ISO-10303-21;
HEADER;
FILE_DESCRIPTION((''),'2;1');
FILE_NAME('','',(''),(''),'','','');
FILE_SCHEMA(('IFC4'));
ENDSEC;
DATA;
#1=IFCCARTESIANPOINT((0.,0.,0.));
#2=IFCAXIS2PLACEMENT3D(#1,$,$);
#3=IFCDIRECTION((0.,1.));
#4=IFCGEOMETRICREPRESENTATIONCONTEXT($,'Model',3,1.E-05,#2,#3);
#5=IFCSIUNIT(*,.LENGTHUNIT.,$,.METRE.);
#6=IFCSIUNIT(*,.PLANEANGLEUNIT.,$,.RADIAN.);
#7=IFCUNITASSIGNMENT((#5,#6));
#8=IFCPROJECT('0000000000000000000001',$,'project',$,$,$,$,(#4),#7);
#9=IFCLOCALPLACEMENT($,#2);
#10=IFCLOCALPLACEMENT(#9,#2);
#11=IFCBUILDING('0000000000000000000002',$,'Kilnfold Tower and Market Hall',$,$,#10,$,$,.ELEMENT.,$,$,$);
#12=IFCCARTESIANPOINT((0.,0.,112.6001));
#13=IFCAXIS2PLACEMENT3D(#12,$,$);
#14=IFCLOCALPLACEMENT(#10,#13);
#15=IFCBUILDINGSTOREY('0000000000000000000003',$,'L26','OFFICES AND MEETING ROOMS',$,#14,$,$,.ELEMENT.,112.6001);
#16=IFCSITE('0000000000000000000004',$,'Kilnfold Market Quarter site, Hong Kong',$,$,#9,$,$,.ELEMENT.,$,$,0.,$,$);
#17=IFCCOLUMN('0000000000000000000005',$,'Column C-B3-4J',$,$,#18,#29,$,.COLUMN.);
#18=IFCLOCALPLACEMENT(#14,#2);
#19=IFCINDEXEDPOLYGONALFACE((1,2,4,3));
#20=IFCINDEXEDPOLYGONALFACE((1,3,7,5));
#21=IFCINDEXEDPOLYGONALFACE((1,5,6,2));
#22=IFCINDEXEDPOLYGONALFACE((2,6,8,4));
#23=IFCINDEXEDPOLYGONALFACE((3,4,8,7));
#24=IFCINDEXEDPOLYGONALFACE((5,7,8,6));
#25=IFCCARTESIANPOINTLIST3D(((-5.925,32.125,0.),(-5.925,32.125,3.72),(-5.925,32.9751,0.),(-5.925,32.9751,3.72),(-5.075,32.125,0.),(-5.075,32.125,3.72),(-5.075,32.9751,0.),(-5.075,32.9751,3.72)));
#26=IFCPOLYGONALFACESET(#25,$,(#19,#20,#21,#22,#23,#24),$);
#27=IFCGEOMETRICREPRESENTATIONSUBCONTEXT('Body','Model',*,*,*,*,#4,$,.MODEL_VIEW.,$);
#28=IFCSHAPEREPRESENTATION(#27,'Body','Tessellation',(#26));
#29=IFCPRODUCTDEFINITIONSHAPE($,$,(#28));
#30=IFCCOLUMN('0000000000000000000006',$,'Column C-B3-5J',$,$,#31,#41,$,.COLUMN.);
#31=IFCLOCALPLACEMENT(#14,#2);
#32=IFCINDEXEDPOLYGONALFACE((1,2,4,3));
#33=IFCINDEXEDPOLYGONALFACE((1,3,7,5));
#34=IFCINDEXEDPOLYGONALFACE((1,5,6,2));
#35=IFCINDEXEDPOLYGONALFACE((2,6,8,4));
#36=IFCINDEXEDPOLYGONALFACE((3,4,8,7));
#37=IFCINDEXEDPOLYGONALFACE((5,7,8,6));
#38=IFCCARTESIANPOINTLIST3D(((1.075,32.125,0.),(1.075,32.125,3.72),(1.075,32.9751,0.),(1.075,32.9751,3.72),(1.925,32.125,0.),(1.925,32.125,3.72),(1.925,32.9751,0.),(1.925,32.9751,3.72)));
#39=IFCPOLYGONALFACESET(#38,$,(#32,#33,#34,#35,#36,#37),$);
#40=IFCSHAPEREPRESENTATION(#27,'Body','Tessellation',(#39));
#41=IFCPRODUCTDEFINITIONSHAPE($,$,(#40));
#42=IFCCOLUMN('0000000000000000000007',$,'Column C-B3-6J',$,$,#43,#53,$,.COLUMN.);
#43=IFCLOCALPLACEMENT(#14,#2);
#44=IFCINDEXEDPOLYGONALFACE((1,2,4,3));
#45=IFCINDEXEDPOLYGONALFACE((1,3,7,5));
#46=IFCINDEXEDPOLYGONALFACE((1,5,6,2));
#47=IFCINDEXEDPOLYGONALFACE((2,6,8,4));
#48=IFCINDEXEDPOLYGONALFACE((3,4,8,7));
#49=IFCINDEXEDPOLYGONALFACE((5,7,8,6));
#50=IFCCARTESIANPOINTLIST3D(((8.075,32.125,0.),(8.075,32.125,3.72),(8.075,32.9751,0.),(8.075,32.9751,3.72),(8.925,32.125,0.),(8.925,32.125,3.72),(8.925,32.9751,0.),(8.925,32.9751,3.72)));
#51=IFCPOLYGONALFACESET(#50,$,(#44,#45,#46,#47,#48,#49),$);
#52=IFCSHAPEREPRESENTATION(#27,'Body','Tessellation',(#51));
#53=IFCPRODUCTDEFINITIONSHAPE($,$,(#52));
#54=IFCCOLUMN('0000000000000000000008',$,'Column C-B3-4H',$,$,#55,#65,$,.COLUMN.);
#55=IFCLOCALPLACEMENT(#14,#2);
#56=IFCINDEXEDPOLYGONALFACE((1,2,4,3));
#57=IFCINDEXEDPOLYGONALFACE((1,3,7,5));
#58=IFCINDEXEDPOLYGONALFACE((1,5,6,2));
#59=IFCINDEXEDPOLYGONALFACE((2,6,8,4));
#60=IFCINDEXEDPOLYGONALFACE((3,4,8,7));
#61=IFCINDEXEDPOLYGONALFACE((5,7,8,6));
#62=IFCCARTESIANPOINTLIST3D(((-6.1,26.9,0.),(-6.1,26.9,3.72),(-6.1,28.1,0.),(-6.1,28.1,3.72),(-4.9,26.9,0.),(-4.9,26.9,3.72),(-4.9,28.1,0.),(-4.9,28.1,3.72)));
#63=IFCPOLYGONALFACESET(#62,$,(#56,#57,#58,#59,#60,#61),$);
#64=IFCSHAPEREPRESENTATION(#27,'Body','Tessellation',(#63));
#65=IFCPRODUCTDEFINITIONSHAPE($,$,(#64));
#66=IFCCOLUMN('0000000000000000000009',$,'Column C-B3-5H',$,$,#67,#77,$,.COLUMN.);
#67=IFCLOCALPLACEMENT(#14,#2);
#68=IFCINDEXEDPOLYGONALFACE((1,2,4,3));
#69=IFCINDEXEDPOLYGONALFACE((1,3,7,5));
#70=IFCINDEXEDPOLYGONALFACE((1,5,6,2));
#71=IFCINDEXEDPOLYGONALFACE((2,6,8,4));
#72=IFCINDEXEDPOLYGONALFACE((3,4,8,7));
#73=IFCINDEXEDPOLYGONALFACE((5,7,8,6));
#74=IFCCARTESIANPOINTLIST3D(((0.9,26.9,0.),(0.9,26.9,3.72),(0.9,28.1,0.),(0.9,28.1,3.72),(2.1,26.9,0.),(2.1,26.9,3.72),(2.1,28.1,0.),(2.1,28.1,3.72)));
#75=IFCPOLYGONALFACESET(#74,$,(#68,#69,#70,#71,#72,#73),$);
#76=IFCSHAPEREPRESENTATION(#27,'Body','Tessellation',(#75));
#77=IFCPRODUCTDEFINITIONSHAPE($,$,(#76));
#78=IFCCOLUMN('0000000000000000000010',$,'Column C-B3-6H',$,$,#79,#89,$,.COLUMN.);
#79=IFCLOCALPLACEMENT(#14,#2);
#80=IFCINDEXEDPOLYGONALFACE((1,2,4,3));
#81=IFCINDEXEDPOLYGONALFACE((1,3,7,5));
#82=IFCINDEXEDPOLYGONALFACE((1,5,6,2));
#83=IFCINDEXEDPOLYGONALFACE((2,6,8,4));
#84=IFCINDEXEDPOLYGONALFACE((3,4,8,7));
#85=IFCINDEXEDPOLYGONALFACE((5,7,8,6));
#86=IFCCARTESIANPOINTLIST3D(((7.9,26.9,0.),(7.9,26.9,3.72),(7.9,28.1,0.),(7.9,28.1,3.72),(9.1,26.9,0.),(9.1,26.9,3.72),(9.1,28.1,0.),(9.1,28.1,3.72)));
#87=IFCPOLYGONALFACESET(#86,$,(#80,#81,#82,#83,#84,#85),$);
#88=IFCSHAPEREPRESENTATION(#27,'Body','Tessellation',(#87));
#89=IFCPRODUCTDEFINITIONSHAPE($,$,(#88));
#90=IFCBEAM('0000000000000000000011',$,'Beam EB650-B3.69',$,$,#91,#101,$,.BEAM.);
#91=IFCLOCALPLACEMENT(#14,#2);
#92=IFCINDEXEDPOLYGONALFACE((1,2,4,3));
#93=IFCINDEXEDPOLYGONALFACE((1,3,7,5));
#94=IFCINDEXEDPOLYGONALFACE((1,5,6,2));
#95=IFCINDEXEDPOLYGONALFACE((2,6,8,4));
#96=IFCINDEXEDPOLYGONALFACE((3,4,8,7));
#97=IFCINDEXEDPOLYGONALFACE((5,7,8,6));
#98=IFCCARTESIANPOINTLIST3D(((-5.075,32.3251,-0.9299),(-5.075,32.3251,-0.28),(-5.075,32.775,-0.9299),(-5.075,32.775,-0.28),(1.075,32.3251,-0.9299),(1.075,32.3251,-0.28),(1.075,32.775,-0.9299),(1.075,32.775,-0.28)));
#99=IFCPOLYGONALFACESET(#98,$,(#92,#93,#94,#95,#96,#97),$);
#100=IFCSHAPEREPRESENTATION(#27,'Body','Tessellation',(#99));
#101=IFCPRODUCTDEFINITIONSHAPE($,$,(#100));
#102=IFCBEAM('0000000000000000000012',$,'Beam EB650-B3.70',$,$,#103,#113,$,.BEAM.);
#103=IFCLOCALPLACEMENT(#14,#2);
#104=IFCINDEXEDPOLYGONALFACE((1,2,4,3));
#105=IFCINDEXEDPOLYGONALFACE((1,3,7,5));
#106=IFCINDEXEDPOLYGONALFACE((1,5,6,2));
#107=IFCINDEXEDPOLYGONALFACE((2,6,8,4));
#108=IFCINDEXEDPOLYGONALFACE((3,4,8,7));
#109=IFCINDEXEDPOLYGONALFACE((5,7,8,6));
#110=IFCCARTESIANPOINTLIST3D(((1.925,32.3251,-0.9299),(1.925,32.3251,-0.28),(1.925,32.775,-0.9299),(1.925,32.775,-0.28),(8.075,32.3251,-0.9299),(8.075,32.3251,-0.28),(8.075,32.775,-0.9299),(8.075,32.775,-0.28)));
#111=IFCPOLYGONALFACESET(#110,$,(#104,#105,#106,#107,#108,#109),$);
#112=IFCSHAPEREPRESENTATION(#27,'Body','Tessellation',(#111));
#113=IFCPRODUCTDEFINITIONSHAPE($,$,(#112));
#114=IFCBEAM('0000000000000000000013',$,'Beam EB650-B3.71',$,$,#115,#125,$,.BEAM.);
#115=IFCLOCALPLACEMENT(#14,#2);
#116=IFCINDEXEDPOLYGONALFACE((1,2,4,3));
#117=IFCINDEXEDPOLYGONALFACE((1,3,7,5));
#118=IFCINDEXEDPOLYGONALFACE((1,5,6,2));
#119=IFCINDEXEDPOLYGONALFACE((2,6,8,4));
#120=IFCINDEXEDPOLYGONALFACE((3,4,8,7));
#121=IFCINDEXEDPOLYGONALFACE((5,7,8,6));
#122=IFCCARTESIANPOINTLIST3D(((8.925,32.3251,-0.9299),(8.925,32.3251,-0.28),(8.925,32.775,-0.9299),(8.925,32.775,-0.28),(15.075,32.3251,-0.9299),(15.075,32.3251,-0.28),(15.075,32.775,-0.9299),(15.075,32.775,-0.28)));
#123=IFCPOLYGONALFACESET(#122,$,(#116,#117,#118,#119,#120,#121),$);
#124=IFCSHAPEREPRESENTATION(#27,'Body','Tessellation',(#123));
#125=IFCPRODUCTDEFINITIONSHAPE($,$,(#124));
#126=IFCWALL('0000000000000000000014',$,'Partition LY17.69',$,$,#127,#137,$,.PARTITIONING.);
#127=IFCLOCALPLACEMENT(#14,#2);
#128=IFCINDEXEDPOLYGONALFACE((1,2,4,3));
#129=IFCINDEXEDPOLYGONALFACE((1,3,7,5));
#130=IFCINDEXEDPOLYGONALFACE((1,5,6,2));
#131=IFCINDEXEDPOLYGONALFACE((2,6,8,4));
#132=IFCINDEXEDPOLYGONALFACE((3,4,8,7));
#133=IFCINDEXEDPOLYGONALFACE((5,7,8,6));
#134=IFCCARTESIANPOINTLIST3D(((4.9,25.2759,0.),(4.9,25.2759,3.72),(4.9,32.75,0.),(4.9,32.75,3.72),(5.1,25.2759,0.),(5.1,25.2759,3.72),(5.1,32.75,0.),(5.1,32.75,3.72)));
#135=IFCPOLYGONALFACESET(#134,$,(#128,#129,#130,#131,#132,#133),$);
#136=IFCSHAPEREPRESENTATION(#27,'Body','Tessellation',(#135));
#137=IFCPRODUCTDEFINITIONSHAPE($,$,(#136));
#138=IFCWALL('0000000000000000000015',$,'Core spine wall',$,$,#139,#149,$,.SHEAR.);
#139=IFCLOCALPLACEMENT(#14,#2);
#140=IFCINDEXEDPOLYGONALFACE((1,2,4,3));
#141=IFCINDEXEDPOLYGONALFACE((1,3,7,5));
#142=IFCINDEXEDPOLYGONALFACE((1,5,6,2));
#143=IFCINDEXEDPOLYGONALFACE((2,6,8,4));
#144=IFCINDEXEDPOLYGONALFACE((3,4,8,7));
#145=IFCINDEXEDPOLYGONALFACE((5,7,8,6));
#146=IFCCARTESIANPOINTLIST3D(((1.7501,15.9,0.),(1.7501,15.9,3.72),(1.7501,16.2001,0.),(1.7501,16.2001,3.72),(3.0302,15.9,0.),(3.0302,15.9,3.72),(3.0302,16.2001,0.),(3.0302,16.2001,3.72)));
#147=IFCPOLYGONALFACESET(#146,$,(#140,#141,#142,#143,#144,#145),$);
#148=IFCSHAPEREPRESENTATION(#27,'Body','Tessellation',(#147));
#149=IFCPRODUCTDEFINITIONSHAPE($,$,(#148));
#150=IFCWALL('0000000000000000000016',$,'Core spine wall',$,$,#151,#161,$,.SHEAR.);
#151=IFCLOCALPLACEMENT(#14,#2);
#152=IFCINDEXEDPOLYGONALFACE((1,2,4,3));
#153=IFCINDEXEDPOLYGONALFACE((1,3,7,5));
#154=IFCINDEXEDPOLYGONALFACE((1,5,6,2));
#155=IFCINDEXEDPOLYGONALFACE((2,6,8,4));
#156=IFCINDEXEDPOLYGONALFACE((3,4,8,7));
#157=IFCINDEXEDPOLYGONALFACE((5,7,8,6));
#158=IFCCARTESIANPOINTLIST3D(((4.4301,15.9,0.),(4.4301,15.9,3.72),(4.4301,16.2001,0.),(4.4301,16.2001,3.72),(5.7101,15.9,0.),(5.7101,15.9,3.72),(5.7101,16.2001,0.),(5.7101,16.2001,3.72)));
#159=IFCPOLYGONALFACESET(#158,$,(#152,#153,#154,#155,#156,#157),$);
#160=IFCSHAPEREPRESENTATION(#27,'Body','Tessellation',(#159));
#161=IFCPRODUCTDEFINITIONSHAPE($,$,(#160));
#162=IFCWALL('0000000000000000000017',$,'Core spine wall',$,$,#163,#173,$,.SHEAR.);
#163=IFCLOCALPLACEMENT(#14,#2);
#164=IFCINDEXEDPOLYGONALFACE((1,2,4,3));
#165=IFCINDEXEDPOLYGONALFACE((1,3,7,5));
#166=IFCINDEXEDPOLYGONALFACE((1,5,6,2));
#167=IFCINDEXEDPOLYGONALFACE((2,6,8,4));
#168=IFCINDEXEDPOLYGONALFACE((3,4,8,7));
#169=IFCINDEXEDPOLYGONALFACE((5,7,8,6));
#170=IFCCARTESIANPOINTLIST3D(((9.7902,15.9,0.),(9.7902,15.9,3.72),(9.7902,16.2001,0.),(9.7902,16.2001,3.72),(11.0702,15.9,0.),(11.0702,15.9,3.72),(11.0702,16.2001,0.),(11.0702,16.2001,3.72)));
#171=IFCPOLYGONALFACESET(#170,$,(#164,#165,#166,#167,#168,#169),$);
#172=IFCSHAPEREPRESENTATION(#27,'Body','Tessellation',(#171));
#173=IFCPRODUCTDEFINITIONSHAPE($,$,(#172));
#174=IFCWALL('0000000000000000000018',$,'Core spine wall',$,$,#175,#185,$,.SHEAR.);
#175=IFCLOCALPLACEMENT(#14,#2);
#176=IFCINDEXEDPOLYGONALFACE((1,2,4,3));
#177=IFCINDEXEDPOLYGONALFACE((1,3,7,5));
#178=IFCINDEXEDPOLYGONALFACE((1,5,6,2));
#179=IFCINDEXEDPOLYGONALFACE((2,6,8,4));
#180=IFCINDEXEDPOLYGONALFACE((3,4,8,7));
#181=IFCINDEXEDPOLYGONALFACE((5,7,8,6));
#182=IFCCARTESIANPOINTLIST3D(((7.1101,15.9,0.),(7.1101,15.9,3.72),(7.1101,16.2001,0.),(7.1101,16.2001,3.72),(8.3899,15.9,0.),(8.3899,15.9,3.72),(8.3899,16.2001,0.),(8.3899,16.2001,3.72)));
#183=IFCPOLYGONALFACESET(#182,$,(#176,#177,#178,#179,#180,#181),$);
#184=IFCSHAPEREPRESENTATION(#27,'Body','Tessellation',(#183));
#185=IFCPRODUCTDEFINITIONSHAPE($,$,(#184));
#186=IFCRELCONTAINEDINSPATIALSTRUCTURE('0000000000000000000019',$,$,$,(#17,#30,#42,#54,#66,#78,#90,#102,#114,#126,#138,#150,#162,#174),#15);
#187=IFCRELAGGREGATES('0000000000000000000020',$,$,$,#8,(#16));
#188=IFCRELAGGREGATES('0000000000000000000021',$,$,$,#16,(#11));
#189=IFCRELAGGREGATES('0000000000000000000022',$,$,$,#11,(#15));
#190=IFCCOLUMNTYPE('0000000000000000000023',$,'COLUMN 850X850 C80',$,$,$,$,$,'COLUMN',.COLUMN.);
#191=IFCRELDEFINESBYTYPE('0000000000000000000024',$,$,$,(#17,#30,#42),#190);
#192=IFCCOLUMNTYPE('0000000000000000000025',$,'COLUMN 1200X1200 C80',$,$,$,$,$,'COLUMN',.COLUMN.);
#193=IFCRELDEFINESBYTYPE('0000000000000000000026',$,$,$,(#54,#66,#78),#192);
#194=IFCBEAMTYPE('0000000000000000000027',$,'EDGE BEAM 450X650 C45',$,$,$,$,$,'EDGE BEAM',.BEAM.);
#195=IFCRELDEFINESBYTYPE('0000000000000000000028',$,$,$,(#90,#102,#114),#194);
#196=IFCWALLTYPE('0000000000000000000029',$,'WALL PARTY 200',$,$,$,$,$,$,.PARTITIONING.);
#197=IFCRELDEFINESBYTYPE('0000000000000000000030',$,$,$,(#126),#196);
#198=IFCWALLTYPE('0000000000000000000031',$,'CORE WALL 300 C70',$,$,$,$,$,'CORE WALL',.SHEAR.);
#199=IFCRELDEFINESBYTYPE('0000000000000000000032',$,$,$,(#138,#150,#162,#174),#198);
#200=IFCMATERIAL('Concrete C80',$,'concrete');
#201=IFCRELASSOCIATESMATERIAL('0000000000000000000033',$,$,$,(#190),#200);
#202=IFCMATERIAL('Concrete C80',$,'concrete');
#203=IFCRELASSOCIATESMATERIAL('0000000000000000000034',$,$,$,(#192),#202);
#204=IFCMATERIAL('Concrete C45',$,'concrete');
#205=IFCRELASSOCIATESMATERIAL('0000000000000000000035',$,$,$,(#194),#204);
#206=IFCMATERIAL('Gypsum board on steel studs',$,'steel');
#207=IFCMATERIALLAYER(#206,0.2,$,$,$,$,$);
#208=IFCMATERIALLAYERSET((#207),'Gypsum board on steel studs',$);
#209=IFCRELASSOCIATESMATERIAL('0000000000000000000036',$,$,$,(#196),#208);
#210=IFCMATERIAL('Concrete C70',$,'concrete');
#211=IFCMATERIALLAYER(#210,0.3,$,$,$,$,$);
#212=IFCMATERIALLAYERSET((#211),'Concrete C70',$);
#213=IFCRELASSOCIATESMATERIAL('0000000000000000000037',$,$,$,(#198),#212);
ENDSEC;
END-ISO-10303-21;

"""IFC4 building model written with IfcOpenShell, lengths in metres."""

from ifc_helpers import new_model, si_unit, direction, frame, frame_2d, origin, origin_2d, place, context, subcontext, project, spatial, rectangle, extrude, source, transform, mapped, material, layer, layer_set, material_profile, profile_set, type_object, element, save


model = new_model("IFC4")

# Units and contexts
model_context = context("Model", 3, precision=1e-05, world=origin(), true_north=direction((0.0, 1.0)))
body_context = subcontext(model_context, "Body", "Model", "MODEL_VIEW")
ifc_project = project(units=[si_unit("LENGTHUNIT", "METRE"), si_unit("PLANEANGLEUNIT", "RADIAN")], contexts=[model_context])

# Site, building, storey
site_placement = place(None, origin())
site = spatial("IfcSite", under=ifc_project, at=site_placement, Name="Kilnfold Market Quarter site, Hong Kong", CompositionType="ELEMENT", RefElevation=0.0)
building_placement = place(site_placement, origin())
building = spatial("IfcBuilding", under=site, at=building_placement, Name="Kilnfold Tower and Market Hall", CompositionType="ELEMENT")
storey_placement = place(building_placement, frame((0.0, 0.0, 112.6001)))
storey = spatial("IfcBuildingStorey", under=building, at=storey_placement, Name="L26", Description="OFFICES AND MEETING ROOMS", CompositionType="ELEMENT", Elevation=112.6001)

# Columns
ifc_material_1 = material(Name="Concrete C80", Category="concrete")
ifc_material_profile_1 = material_profile(ifc_material_1, rectangle(XDim=0.8501, YDim=0.8501, at=origin_2d()), Name="RC 850x850")
ifc_profile_set_1 = profile_set([ifc_material_profile_1], Name="Concrete C80")
column_type_1 = type_object("IfcColumnType", Name="COLUMN 850X850 C80", ElementType="COLUMN", PredefinedType="COLUMN", material=ifc_profile_set_1)
shared_shape_1 = source(origin(), body_context, "Body", "SweptSolid", [
    extrude(rectangle(XDim=0.8501, YDim=0.8501, at=origin_2d()), origin(), (0.0, 0.0, 1.0), 3.72),
])
for number, where, z_axis, x_axis, name in (
    (1, (-5.5, 32.55, 0.0), (0.0, 0.0, 1.0), (1.0, 0.0, 0.0), "Column C-B3-4J"),
    (2, (1.5, 32.55, 0.0), (0.0, 0.0, 1.0), (1.0, 0.0, 0.0), "Column C-B3-5J"),
    (3, (8.5, 32.55, 0.0), (0.0, 0.0, 1.0), (1.0, 0.0, 0.0), "Column C-B3-6J"),
):
    element("IfcColumn", number, at=place(storey_placement, frame(where, z_axis=z_axis, x_axis=x_axis)), inside=storey, type_object=column_type_1, Name=name, PredefinedType="COLUMN", context=body_context, shape_type="MappedRepresentation", body=[
        mapped(shared_shape_1, transform((0.0, 0.0, 0.0))),
    ])
ifc_material_2 = material(Name="Concrete C80", Category="concrete")
ifc_material_profile_2 = material_profile(ifc_material_2, rectangle(XDim=1.2, YDim=1.2, at=origin_2d()), Name="RC 1200x1200")
ifc_profile_set_2 = profile_set([ifc_material_profile_2], Name="Concrete C80")
column_type_2 = type_object("IfcColumnType", Name="COLUMN 1200X1200 C80", ElementType="COLUMN", PredefinedType="COLUMN", material=ifc_profile_set_2)
shared_shape_2 = source(origin(), body_context, "Body", "SweptSolid", [
    extrude(rectangle(XDim=1.2, YDim=1.2, at=origin_2d()), origin(), (0.0, 0.0, 1.0), 3.72),
])
for number, where, z_axis, x_axis, name in (
    (4, (-5.5, 27.5, 0.0), (0.0, 0.0, 1.0), (1.0, 0.0, 0.0), "Column C-B3-4H"),
    (5, (1.5, 27.5, 0.0), (0.0, 0.0, 1.0), (1.0, 0.0, 0.0), "Column C-B3-5H"),
    (6, (8.5, 27.5, 0.0), (0.0, 0.0, 1.0), (1.0, 0.0, 0.0), "Column C-B3-6H"),
):
    element("IfcColumn", number, at=place(storey_placement, frame(where, z_axis=z_axis, x_axis=x_axis)), inside=storey, type_object=column_type_2, Name=name, PredefinedType="COLUMN", context=body_context, shape_type="MappedRepresentation", body=[
        mapped(shared_shape_2, transform((0.0, 0.0, 0.0))),
    ])

# Beams
ifc_material_3 = material(Name="Concrete C45", Category="concrete")
ifc_material_profile_3 = material_profile(ifc_material_3, rectangle(XDim=0.45, YDim=0.6499, at=origin_2d()), Name="RC 450x650")
ifc_profile_set_3 = profile_set([ifc_material_profile_3], Name="Concrete C45")
beam_type = type_object("IfcBeamType", Name="EDGE BEAM 450X650 C45", ElementType="EDGE BEAM", PredefinedType="BEAM", material=ifc_profile_set_3)
shared_shape_3 = source(origin(), body_context, "Body", "SweptSolid", [
    extrude(rectangle(XDim=0.45, YDim=0.6499, at=origin_2d()), origin(), (0.0, 0.0, 1.0), 6.1499),
])
for number, where, z_axis, x_axis, name in (
    (7, (-5.075, 32.55, -0.605), (1.0, 0.0, 0.0), (0.0, 1.0, 0.0), "Beam EB650-B3.69"),
    (8, (1.925, 32.55, -0.605), (1.0, 0.0, 0.0), (0.0, 1.0, 0.0), "Beam EB650-B3.70"),
    (9, (8.925, 32.55, -0.605), (1.0, 0.0, 0.0), (0.0, 1.0, 0.0), "Beam EB650-B3.71"),
):
    element("IfcBeam", number, at=place(storey_placement, frame(where, z_axis=z_axis, x_axis=x_axis)), inside=storey, type_object=beam_type, Name=name, PredefinedType="BEAM", context=body_context, shape_type="MappedRepresentation", body=[
        mapped(shared_shape_3, transform((0.0, 0.0, 0.0))),
    ])

# Walls
ifc_material_4 = material(Name="Gypsum board on steel studs", Category="steel")
ifc_layer_1 = layer(ifc_material_4, 0.2)
ifc_layer_set_1 = layer_set([ifc_layer_1], Name="Gypsum board on steel studs")
wall_type_1 = type_object("IfcWallType", Name="WALL PARTY 200", PredefinedType="PARTITIONING", material=ifc_layer_set_1)
wall_1_placement = place(storey_placement, frame((5.0, 25.2759, 0.0), z_axis=(0.0, 0.0, 1.0), x_axis=(0.0, 1.0, 0.0)))
element("IfcWall", 10, at=wall_1_placement, inside=storey, type_object=wall_type_1, Name="Partition LY17.69", PredefinedType="PARTITIONING", context=body_context, shape_type="SweptSolid", body=[
    extrude(rectangle(XDim=7.4741, YDim=0.2, at=frame_2d((3.7371, 0.0))), origin(), (0.0, 0.0, 1.0), 3.72),
])
ifc_material_5 = material(Name="Concrete C70", Category="concrete")
ifc_layer_2 = layer(ifc_material_5, 0.3)
ifc_layer_set_2 = layer_set([ifc_layer_2], Name="Concrete C70")
wall_type_2 = type_object("IfcWallType", Name="CORE WALL 300 C70", ElementType="CORE WALL", PredefinedType="SHEAR", material=ifc_layer_set_2)
shared_shape_4 = source(origin(), body_context, "Body", "SweptSolid", [
    extrude(rectangle(XDim=1.28, YDim=0.3, at=frame_2d((0.6401, 0.0))), origin(), (0.0, 0.0, 1.0), 3.72),
])
for number, where, z_axis, x_axis, name in (
    (11, (1.75, 16.05, 0.0), (0.0, 0.0, 1.0), (1.0, 0.0, 0.0), "Core spine wall"),
    (12, (4.4299, 16.05, 0.0), (0.0, 0.0, 1.0), (1.0, 0.0, 0.0), "Core spine wall"),
    (13, (9.79, 16.05, 0.0), (0.0, 0.0, 1.0), (1.0, 0.0, 0.0), "Core spine wall"),
):
    element("IfcWall", number, at=place(storey_placement, frame(where, z_axis=z_axis, x_axis=x_axis)), inside=storey, type_object=wall_type_2, Name=name, PredefinedType="SHEAR", context=body_context, shape_type="MappedRepresentation", body=[
        mapped(shared_shape_4, transform((0.0, 0.0, 0.0))),
    ])
shared_shape_5 = source(origin(), body_context, "Body", "SweptSolid", [
    extrude(rectangle(XDim=1.2798, YDim=0.3, at=frame_2d((0.6399, 0.0))), origin(), (0.0, 0.0, 1.0), 3.72),
])
wall_2_placement = place(storey_placement, frame((7.1101, 16.05, 0.0), z_axis=(0.0, 0.0, 1.0), x_axis=(1.0, 0.0, 0.0)))
element("IfcWall", 14, at=wall_2_placement, inside=storey, type_object=wall_type_2, Name="Core spine wall", PredefinedType="SHEAR", context=body_context, shape_type="MappedRepresentation", body=[
    mapped(shared_shape_5, transform((0.0, 0.0, 0.0))),
])

save(model, "model.ifc")
